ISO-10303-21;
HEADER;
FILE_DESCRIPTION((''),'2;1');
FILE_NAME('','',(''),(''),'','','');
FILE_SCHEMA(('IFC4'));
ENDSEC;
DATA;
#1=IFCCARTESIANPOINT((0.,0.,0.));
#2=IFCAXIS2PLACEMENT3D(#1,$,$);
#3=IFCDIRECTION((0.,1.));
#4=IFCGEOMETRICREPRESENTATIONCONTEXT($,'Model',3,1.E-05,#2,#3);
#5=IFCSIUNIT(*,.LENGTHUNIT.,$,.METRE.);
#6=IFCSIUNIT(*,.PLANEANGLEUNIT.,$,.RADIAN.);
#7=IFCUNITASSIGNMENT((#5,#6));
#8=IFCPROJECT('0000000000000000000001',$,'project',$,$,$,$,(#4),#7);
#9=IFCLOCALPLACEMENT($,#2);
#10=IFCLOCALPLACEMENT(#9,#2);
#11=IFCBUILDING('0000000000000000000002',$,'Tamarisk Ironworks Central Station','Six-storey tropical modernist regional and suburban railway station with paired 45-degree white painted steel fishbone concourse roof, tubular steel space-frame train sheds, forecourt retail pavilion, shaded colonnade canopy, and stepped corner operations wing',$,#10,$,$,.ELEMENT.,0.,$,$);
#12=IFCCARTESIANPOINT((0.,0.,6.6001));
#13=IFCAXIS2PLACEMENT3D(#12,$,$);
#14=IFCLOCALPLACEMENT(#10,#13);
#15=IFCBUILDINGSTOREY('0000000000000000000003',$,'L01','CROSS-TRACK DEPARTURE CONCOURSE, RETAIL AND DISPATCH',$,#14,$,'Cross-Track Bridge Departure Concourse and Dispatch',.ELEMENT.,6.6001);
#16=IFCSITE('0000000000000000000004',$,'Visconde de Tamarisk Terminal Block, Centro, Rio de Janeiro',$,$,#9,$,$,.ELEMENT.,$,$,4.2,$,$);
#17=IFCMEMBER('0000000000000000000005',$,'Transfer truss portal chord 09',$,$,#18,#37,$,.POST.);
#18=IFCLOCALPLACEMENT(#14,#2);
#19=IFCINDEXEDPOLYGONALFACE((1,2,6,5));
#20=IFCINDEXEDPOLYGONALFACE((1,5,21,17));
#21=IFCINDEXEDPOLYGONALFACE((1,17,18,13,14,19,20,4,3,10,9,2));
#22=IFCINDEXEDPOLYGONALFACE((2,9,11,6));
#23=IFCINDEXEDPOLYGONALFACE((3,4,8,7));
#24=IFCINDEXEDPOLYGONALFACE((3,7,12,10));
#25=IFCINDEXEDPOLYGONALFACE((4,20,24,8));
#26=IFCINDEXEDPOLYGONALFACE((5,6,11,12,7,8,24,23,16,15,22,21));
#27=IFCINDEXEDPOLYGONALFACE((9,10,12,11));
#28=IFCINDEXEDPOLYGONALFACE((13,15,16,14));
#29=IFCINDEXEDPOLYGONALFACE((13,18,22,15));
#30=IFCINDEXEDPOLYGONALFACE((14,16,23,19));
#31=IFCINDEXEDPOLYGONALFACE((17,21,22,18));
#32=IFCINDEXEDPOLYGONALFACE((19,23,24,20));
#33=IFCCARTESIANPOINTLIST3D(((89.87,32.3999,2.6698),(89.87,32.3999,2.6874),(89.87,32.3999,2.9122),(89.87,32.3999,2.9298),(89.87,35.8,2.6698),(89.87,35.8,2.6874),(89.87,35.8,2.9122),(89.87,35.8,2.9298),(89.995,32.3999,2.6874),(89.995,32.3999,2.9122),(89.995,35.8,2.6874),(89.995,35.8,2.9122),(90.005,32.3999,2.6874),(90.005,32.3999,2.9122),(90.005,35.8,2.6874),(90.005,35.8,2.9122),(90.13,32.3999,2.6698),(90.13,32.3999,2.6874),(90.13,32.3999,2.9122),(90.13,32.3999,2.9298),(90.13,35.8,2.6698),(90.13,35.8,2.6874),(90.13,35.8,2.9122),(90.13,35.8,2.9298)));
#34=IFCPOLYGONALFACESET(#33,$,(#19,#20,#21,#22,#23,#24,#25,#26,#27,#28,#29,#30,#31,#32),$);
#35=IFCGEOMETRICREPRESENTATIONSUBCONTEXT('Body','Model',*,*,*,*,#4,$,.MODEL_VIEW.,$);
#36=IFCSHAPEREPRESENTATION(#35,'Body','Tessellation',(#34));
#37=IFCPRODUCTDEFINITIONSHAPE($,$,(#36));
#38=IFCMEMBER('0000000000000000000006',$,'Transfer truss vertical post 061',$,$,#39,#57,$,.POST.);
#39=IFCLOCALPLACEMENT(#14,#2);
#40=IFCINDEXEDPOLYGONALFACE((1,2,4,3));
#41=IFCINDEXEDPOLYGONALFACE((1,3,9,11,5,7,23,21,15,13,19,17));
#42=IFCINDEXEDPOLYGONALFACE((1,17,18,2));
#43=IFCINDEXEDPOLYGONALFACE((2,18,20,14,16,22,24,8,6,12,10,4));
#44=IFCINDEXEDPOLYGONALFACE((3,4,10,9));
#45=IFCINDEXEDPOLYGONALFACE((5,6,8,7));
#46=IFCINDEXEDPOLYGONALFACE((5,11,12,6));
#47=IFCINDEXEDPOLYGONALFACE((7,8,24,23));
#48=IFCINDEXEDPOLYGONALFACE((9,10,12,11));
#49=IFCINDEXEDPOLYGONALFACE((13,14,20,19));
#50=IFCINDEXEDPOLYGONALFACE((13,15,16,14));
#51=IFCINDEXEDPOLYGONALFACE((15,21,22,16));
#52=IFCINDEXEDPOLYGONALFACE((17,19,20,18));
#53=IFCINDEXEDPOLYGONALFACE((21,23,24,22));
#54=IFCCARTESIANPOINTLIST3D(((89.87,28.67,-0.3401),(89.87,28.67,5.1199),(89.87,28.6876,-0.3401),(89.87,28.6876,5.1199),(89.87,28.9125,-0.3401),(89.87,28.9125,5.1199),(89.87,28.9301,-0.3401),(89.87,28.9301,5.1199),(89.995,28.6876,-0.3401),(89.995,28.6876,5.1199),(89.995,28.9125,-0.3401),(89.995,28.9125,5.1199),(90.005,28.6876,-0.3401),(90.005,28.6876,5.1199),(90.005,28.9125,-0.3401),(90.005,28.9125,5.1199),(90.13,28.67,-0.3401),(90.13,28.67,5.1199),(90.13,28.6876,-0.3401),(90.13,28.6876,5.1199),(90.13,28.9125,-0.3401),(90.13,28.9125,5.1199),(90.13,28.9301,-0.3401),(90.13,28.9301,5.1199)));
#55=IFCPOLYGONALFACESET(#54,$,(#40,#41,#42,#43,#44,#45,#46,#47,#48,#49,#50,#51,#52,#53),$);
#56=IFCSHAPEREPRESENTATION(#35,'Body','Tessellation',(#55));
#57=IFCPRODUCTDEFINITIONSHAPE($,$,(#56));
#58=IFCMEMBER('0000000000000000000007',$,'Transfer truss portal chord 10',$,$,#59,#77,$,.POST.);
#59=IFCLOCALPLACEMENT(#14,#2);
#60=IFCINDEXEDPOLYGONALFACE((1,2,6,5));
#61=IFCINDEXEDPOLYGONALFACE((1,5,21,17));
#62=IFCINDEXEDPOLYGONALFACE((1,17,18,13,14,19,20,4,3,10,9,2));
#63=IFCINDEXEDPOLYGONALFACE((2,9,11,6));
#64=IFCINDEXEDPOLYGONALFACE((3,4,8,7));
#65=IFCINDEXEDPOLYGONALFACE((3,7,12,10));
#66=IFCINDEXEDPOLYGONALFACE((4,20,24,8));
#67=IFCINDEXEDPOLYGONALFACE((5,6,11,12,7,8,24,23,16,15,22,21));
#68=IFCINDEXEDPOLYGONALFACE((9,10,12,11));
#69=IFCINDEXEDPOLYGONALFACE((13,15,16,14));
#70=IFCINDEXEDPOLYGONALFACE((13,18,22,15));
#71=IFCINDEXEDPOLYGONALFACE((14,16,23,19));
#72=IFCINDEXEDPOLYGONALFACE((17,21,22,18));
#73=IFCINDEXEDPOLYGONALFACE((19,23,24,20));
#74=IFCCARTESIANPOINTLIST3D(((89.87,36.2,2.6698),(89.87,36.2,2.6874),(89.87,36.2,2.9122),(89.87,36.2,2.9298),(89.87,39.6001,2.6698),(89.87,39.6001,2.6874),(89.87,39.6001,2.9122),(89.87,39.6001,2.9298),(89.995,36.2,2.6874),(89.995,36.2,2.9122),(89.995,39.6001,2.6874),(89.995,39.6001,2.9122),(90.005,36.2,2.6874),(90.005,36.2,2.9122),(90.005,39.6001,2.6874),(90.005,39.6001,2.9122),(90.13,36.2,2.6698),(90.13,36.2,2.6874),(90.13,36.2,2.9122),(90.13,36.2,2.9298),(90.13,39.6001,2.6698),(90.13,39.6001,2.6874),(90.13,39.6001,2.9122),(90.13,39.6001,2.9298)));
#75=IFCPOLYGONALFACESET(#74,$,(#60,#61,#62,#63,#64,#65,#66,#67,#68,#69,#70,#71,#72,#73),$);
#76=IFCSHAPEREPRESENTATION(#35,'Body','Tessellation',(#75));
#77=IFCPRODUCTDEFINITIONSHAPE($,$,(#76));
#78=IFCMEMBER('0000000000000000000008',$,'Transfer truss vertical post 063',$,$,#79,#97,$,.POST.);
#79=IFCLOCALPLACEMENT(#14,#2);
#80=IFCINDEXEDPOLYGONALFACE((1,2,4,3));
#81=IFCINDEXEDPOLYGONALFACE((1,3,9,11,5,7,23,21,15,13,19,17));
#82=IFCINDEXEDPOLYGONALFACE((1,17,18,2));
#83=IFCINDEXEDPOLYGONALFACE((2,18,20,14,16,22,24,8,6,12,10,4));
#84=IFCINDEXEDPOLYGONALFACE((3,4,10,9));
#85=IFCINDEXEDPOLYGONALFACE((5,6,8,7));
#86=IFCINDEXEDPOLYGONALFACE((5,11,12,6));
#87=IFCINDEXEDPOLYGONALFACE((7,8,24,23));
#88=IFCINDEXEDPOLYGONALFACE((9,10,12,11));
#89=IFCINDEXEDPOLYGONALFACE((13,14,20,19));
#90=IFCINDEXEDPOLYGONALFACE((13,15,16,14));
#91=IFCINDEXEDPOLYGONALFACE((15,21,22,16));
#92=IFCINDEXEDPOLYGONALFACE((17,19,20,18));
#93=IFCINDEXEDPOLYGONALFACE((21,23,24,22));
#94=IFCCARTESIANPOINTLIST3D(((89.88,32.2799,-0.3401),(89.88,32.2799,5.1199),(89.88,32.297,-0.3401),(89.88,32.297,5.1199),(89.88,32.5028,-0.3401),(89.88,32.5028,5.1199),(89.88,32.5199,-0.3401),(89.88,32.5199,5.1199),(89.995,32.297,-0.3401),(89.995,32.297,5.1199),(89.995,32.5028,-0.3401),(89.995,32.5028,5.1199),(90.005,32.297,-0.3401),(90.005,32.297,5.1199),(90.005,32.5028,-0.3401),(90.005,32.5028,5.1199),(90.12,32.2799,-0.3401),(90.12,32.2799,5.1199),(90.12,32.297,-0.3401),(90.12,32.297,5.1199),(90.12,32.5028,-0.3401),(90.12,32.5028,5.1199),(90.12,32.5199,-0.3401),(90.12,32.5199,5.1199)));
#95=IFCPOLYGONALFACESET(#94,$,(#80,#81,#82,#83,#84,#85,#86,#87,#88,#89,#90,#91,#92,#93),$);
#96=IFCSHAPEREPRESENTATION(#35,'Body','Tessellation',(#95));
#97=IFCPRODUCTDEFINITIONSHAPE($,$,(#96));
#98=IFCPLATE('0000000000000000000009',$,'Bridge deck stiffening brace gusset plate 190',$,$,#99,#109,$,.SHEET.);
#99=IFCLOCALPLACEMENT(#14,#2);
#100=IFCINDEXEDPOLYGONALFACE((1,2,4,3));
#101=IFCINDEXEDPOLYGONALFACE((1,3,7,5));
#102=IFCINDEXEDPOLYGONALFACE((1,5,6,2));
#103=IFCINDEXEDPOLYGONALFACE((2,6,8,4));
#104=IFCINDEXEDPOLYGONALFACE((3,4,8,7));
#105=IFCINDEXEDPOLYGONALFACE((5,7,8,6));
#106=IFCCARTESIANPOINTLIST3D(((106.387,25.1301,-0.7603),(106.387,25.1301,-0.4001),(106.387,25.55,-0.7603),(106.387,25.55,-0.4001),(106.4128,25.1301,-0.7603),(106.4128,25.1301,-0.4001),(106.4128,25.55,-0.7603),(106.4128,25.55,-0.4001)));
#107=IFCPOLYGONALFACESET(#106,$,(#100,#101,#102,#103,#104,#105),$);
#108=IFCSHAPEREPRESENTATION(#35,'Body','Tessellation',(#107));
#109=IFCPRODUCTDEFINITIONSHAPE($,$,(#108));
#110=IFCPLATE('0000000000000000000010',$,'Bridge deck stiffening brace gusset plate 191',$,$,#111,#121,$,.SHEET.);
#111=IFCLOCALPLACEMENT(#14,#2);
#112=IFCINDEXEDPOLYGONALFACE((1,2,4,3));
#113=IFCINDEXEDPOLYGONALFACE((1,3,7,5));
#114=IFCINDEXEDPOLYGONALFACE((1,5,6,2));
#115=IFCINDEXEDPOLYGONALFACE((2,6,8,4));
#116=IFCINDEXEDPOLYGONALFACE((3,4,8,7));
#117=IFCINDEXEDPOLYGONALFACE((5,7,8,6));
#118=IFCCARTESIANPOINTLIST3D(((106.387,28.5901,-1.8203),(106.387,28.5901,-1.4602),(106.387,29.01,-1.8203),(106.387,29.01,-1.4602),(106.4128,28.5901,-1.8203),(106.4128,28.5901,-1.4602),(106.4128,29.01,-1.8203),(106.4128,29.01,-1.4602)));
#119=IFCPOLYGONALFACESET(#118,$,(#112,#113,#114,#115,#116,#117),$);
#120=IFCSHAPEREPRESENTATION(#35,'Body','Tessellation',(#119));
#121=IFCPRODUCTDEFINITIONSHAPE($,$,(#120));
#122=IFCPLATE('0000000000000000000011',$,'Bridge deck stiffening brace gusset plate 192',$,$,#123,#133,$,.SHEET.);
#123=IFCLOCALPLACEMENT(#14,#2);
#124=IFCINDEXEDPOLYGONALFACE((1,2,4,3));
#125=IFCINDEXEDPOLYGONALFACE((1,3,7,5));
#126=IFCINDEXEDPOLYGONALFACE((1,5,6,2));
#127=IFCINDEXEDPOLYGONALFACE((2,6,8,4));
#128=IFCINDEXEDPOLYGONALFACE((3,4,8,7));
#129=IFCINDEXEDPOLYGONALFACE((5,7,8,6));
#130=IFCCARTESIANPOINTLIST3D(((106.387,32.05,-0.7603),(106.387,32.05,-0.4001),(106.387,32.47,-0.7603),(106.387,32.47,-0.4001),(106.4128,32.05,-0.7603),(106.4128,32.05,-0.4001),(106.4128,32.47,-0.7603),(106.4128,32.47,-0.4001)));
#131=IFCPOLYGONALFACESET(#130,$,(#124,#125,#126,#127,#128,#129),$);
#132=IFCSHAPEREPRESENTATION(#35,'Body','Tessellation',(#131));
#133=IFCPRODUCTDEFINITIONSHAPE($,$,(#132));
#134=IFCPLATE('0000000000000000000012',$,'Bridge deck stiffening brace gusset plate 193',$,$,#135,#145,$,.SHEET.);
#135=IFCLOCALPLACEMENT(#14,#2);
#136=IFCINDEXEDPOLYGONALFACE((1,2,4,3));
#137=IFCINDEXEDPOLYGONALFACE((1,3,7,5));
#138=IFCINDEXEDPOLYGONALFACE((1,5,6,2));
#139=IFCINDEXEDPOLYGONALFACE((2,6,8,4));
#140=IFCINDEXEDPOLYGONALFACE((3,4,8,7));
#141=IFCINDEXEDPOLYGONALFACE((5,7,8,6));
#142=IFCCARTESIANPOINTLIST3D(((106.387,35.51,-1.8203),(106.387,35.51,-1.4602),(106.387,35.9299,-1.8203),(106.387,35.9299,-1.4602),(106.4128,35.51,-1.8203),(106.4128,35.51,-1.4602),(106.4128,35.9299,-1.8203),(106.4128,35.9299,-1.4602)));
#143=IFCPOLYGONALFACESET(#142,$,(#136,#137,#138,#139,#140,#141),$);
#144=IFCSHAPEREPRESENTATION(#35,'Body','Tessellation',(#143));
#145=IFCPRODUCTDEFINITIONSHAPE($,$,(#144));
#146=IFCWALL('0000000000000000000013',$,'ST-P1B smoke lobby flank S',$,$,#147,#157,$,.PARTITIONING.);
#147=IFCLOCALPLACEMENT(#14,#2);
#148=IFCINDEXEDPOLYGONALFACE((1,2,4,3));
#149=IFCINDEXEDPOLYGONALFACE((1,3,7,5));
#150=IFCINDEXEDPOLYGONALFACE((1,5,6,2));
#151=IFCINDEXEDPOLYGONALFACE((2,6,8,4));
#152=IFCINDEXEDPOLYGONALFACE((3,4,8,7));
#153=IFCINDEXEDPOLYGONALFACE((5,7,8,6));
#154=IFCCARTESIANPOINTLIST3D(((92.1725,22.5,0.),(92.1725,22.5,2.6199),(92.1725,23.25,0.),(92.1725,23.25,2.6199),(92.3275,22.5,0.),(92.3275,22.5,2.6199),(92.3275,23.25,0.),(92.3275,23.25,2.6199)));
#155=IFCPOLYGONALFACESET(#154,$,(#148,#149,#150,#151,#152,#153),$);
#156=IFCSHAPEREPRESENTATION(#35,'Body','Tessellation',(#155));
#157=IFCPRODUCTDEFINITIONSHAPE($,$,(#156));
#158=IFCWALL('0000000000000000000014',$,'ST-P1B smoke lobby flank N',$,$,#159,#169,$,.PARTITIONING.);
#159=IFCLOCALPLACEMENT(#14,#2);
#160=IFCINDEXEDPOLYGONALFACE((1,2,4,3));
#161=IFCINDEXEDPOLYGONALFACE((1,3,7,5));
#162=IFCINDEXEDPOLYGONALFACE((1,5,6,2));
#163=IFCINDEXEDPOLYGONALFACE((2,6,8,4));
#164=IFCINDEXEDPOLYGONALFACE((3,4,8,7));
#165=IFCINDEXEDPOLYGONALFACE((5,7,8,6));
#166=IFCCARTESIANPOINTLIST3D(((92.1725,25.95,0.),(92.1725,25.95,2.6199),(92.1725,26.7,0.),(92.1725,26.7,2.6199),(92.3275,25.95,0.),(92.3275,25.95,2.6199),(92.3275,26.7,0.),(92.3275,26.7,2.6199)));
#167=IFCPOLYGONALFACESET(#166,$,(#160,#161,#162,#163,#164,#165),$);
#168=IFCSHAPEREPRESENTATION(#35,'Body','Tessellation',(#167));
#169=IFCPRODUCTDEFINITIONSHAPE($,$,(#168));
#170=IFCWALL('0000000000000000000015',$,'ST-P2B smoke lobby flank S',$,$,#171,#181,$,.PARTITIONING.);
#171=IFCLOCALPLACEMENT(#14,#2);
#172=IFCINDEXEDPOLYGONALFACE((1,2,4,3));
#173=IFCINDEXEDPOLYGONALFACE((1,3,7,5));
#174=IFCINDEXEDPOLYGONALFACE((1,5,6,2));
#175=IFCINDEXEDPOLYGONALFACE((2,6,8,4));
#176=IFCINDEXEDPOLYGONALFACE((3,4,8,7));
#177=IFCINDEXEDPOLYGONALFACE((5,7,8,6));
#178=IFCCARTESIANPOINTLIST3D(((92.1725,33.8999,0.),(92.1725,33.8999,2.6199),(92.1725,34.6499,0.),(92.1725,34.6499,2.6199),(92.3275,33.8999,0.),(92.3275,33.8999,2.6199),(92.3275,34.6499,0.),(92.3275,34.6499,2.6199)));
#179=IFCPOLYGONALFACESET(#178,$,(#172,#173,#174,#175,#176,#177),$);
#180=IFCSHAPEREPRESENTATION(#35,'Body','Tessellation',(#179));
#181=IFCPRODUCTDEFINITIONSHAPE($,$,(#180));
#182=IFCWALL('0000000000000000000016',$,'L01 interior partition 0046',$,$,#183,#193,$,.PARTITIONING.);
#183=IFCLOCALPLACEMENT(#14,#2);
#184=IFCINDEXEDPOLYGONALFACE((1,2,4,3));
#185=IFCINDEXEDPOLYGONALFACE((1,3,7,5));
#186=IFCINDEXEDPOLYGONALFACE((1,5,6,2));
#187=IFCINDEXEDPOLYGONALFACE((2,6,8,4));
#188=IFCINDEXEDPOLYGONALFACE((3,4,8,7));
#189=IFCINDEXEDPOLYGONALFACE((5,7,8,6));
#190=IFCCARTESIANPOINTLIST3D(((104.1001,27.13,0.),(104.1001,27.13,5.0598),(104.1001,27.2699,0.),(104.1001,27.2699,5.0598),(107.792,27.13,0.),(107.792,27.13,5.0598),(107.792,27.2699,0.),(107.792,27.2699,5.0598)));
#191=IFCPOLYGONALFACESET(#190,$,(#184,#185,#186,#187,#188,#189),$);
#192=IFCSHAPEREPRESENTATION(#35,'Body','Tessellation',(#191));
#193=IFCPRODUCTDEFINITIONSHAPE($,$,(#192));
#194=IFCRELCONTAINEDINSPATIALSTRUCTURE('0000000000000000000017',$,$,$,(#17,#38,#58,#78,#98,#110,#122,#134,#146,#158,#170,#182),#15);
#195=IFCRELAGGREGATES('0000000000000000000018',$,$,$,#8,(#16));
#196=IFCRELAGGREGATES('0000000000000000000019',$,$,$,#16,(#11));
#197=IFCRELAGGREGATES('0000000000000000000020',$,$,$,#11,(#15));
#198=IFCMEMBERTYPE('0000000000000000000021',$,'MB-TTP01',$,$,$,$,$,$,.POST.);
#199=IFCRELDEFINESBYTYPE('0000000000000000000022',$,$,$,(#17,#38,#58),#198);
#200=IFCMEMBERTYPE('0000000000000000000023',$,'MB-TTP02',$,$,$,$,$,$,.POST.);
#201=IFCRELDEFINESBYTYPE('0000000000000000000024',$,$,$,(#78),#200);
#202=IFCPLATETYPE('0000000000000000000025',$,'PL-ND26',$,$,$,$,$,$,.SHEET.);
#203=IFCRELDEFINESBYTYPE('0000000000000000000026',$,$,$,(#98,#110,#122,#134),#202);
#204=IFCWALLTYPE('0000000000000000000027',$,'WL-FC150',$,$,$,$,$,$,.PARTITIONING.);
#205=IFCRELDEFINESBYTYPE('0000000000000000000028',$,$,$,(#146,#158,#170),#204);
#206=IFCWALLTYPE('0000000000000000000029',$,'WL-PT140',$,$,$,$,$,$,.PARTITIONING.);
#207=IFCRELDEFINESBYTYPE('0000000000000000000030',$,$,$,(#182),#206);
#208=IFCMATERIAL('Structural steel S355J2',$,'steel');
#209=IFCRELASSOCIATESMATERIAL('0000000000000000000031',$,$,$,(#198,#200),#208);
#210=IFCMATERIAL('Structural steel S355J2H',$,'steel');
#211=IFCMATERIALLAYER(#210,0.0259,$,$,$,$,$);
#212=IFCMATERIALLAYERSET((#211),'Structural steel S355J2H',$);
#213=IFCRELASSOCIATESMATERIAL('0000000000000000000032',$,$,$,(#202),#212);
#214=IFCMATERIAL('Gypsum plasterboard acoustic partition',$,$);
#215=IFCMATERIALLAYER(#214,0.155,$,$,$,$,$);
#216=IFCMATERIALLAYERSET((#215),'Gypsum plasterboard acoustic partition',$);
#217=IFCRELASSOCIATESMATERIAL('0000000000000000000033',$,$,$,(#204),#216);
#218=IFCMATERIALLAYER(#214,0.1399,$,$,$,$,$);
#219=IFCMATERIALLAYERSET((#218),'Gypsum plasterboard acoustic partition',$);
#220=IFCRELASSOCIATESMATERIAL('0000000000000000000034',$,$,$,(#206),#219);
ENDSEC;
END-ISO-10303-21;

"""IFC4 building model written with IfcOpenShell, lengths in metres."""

from ifc_helpers import new_model, si_unit, direction, frame, frame_2d, origin, origin_2d, place, context, subcontext, project, spatial, rectangle, i_section, extrude, material, layer, layer_set, material_profile, profile_set, type_object, element, save


model = new_model("IFC4")

# Units and contexts
model_context = context("Model", 3, precision=1e-05, world=origin(), true_north=direction((0.0, 1.0)))
body_context = subcontext(model_context, "Body", "Model", "MODEL_VIEW")
ifc_project = project(units=[si_unit("LENGTHUNIT", "METRE"), si_unit("PLANEANGLEUNIT", "RADIAN")], contexts=[model_context])

# Site, building, storey
site_placement = place(None, origin())
site = spatial("IfcSite", under=ifc_project, at=site_placement, Name="Visconde de Tamarisk Terminal Block, Centro, Rio de Janeiro", CompositionType="ELEMENT", RefElevation=4.2)
building_placement = place(site_placement, origin())
building = spatial("IfcBuilding", under=site, at=building_placement, Name="Tamarisk Ironworks Central Station", Description="Six-storey tropical modernist regional and suburban railway station with paired 45-degree white painted steel fishbone concourse roof, tubular steel space-frame train sheds, forecourt retail pavilion, shaded colonnade canopy, and stepped corner operations wing", CompositionType="ELEMENT", ElevationOfRefHeight=0.0)
storey_placement = place(building_placement, frame((0.0, 0.0, 6.6001)))
storey = spatial("IfcBuildingStorey", under=building, at=storey_placement, Name="L01", Description="CROSS-TRACK DEPARTURE CONCOURSE, RETAIL AND DISPATCH", LongName="Cross-Track Bridge Departure Concourse and Dispatch", CompositionType="ELEMENT", Elevation=6.6001)

# Shared definitions
ifc_material_1 = material(Name="Structural steel S355J2", Category="steel")

# Members
ifc_material_2 = material(Name="Structural steel S355J2H", Category="steel")
ifc_material_profile_1 = material_profile(ifc_material_1, i_section(OverallWidth=0.26, OverallDepth=0.26, WebThickness=0.01, FlangeThickness=0.0176, at=origin_2d()), Name="HEB 260")
ifc_profile_set_1 = profile_set([ifc_material_profile_1], Name="Structural steel S355J2")
member_type_1 = type_object("IfcMemberType", Name="MB-TTP01", PredefinedType="POST", material=ifc_profile_set_1)
member_1_placement = place(storey_placement, frame((90.0, 32.3999, 2.7998), z_axis=(0.0, 1.0, 0.0), x_axis=(-1.0, 0.0, 0.0)))
element("IfcMember", 1, at=member_1_placement, inside=storey, type_object=member_type_1, Name="Transfer truss portal chord 09", PredefinedType="POST", context=body_context, shape_type="SweptSolid", body=[
    extrude(i_section(OverallWidth=0.26, OverallDepth=0.26, WebThickness=0.01, FlangeThickness=0.0176, at=origin_2d()), origin(), (0.0, 0.0, 1.0), 3.4001),
])
member_2_placement = place(storey_placement, frame((90.0, 28.8, -0.3401), z_axis=(0.0, 0.0, 1.0), x_axis=(1.0, 0.0, 0.0)))
element("IfcMember", 2, at=member_2_placement, inside=storey, type_object=member_type_1, Name="Transfer truss vertical post 061", PredefinedType="POST", context=body_context, shape_type="SweptSolid", body=[
    extrude(i_section(OverallWidth=0.26, OverallDepth=0.26, WebThickness=0.01, FlangeThickness=0.0176, at=origin_2d()), origin(), (0.0, 0.0, 1.0), 5.46),
])
member_3_placement = place(storey_placement, frame((90.0, 36.2, 2.7998), z_axis=(0.0, 1.0, 0.0), x_axis=(-1.0, 0.0, 0.0)))
element("IfcMember", 3, at=member_3_placement, inside=storey, type_object=member_type_1, Name="Transfer truss portal chord 10", PredefinedType="POST", context=body_context, shape_type="SweptSolid", body=[
    extrude(i_section(OverallWidth=0.26, OverallDepth=0.26, WebThickness=0.01, FlangeThickness=0.0176, at=origin_2d()), origin(), (0.0, 0.0, 1.0), 3.4001),
])
ifc_material_profile_2 = material_profile(ifc_material_1, i_section(OverallWidth=0.24, OverallDepth=0.24, WebThickness=0.01, FlangeThickness=0.0171, at=origin_2d()), Name="HEB 240")
ifc_profile_set_2 = profile_set([ifc_material_profile_2], Name="Structural steel S355J2")
member_type_2 = type_object("IfcMemberType", Name="MB-TTP02", PredefinedType="POST", material=ifc_profile_set_2)
member_4_placement = place(storey_placement, frame((90.0, 32.3999, -0.3401), z_axis=(0.0, 0.0, 1.0), x_axis=(1.0, 0.0, 0.0)))
element("IfcMember", 4, at=member_4_placement, inside=storey, type_object=member_type_2, Name="Transfer truss vertical post 063", PredefinedType="POST", context=body_context, shape_type="SweptSolid", body=[
    extrude(i_section(OverallWidth=0.24, OverallDepth=0.24, WebThickness=0.01, FlangeThickness=0.0171, at=origin_2d()), origin(), (0.0, 0.0, 1.0), 5.46),
])

# Plates
ifc_layer_1 = layer(ifc_material_2, 0.0259)
ifc_layer_set_1 = layer_set([ifc_layer_1], Name="Structural steel S355J2H")
plate_type = type_object("IfcPlateType", Name="PL-ND26", PredefinedType="SHEET", material=ifc_layer_set_1)
for number, where, z_axis, x_axis, name in (
    (5, (106.3999, 25.3401, -0.7603), (0.0, 0.0, 1.0), (1.0, 0.0, 0.0), "Bridge deck stiffening brace gusset plate 190"),
    (6, (106.3999, 28.8, -1.8203), (0.0, 0.0, 1.0), (1.0, 0.0, 0.0), "Bridge deck stiffening brace gusset plate 191"),
    (7, (106.3999, 32.26, -0.7603), (0.0, 0.0, 1.0), (1.0, 0.0, 0.0), "Bridge deck stiffening brace gusset plate 192"),
    (8, (106.3999, 35.72, -1.8203), (0.0, 0.0, 1.0), (1.0, 0.0, 0.0), "Bridge deck stiffening brace gusset plate 193"),
):
    element("IfcPlate", number, at=place(storey_placement, frame(where, z_axis=z_axis, x_axis=x_axis)), inside=storey, type_object=plate_type, Name=name, PredefinedType="SHEET", context=body_context, shape_type="SweptSolid", body=[
        extrude(rectangle(XDim=0.0259, YDim=0.4199, at=origin_2d()), origin(), (0.0, 0.0, 1.0), 0.3601),
    ])

# Walls
ifc_material_3 = material(Name="Gypsum plasterboard acoustic partition")
ifc_layer_2 = layer(ifc_material_3, 0.155)
ifc_layer_set_2 = layer_set([ifc_layer_2], Name="Gypsum plasterboard acoustic partition")
wall_type_1 = type_object("IfcWallType", Name="WL-FC150", PredefinedType="PARTITIONING", material=ifc_layer_set_2)
for number, where, z_axis, x_axis, name in (
    (9, (92.25, 22.5, 0.0), (0.0, 0.0, 1.0), (0.0, 1.0, 0.0), "ST-P1B smoke lobby flank S"),
    (10, (92.25, 25.95, 0.0), (0.0, 0.0, 1.0), (0.0, 1.0, 0.0), "ST-P1B smoke lobby flank N"),
    (11, (92.25, 33.8999, 0.0), (0.0, 0.0, 1.0), (0.0, 1.0, 0.0), "ST-P2B smoke lobby flank S"),
):
    element("IfcWall", number, at=place(storey_placement, frame(where, z_axis=z_axis, x_axis=x_axis)), inside=storey, type_object=wall_type_1, Name=name, PredefinedType="PARTITIONING", context=body_context, shape_type="SweptSolid", body=[
        extrude(rectangle(XDim=0.75, YDim=0.155, at=frame_2d((0.375, 0.0))), origin(), (0.0, 0.0, 1.0), 2.6199),
    ])
ifc_layer_3 = layer(ifc_material_3, 0.1399)
ifc_layer_set_3 = layer_set([ifc_layer_3], Name="Gypsum plasterboard acoustic partition")
wall_type_2 = type_object("IfcWallType", Name="WL-PT140", PredefinedType="PARTITIONING", material=ifc_layer_set_3)
wall_1_placement = place(storey_placement, frame((104.1001, 27.2, 0.0), z_axis=(0.0, 0.0, 1.0), x_axis=(1.0, 0.0, 0.0)))
element("IfcWall", 12, at=wall_1_placement, inside=storey, type_object=wall_type_2, Name="L01 interior partition 0046", PredefinedType="PARTITIONING", context=body_context, shape_type="SweptSolid", body=[
    extrude(rectangle(XDim=3.6919, YDim=0.1399, at=frame_2d((1.8459, 0.0))), origin(), (0.0, 0.0, 1.0), 5.0598),
])

save(model, "model.ifc")
